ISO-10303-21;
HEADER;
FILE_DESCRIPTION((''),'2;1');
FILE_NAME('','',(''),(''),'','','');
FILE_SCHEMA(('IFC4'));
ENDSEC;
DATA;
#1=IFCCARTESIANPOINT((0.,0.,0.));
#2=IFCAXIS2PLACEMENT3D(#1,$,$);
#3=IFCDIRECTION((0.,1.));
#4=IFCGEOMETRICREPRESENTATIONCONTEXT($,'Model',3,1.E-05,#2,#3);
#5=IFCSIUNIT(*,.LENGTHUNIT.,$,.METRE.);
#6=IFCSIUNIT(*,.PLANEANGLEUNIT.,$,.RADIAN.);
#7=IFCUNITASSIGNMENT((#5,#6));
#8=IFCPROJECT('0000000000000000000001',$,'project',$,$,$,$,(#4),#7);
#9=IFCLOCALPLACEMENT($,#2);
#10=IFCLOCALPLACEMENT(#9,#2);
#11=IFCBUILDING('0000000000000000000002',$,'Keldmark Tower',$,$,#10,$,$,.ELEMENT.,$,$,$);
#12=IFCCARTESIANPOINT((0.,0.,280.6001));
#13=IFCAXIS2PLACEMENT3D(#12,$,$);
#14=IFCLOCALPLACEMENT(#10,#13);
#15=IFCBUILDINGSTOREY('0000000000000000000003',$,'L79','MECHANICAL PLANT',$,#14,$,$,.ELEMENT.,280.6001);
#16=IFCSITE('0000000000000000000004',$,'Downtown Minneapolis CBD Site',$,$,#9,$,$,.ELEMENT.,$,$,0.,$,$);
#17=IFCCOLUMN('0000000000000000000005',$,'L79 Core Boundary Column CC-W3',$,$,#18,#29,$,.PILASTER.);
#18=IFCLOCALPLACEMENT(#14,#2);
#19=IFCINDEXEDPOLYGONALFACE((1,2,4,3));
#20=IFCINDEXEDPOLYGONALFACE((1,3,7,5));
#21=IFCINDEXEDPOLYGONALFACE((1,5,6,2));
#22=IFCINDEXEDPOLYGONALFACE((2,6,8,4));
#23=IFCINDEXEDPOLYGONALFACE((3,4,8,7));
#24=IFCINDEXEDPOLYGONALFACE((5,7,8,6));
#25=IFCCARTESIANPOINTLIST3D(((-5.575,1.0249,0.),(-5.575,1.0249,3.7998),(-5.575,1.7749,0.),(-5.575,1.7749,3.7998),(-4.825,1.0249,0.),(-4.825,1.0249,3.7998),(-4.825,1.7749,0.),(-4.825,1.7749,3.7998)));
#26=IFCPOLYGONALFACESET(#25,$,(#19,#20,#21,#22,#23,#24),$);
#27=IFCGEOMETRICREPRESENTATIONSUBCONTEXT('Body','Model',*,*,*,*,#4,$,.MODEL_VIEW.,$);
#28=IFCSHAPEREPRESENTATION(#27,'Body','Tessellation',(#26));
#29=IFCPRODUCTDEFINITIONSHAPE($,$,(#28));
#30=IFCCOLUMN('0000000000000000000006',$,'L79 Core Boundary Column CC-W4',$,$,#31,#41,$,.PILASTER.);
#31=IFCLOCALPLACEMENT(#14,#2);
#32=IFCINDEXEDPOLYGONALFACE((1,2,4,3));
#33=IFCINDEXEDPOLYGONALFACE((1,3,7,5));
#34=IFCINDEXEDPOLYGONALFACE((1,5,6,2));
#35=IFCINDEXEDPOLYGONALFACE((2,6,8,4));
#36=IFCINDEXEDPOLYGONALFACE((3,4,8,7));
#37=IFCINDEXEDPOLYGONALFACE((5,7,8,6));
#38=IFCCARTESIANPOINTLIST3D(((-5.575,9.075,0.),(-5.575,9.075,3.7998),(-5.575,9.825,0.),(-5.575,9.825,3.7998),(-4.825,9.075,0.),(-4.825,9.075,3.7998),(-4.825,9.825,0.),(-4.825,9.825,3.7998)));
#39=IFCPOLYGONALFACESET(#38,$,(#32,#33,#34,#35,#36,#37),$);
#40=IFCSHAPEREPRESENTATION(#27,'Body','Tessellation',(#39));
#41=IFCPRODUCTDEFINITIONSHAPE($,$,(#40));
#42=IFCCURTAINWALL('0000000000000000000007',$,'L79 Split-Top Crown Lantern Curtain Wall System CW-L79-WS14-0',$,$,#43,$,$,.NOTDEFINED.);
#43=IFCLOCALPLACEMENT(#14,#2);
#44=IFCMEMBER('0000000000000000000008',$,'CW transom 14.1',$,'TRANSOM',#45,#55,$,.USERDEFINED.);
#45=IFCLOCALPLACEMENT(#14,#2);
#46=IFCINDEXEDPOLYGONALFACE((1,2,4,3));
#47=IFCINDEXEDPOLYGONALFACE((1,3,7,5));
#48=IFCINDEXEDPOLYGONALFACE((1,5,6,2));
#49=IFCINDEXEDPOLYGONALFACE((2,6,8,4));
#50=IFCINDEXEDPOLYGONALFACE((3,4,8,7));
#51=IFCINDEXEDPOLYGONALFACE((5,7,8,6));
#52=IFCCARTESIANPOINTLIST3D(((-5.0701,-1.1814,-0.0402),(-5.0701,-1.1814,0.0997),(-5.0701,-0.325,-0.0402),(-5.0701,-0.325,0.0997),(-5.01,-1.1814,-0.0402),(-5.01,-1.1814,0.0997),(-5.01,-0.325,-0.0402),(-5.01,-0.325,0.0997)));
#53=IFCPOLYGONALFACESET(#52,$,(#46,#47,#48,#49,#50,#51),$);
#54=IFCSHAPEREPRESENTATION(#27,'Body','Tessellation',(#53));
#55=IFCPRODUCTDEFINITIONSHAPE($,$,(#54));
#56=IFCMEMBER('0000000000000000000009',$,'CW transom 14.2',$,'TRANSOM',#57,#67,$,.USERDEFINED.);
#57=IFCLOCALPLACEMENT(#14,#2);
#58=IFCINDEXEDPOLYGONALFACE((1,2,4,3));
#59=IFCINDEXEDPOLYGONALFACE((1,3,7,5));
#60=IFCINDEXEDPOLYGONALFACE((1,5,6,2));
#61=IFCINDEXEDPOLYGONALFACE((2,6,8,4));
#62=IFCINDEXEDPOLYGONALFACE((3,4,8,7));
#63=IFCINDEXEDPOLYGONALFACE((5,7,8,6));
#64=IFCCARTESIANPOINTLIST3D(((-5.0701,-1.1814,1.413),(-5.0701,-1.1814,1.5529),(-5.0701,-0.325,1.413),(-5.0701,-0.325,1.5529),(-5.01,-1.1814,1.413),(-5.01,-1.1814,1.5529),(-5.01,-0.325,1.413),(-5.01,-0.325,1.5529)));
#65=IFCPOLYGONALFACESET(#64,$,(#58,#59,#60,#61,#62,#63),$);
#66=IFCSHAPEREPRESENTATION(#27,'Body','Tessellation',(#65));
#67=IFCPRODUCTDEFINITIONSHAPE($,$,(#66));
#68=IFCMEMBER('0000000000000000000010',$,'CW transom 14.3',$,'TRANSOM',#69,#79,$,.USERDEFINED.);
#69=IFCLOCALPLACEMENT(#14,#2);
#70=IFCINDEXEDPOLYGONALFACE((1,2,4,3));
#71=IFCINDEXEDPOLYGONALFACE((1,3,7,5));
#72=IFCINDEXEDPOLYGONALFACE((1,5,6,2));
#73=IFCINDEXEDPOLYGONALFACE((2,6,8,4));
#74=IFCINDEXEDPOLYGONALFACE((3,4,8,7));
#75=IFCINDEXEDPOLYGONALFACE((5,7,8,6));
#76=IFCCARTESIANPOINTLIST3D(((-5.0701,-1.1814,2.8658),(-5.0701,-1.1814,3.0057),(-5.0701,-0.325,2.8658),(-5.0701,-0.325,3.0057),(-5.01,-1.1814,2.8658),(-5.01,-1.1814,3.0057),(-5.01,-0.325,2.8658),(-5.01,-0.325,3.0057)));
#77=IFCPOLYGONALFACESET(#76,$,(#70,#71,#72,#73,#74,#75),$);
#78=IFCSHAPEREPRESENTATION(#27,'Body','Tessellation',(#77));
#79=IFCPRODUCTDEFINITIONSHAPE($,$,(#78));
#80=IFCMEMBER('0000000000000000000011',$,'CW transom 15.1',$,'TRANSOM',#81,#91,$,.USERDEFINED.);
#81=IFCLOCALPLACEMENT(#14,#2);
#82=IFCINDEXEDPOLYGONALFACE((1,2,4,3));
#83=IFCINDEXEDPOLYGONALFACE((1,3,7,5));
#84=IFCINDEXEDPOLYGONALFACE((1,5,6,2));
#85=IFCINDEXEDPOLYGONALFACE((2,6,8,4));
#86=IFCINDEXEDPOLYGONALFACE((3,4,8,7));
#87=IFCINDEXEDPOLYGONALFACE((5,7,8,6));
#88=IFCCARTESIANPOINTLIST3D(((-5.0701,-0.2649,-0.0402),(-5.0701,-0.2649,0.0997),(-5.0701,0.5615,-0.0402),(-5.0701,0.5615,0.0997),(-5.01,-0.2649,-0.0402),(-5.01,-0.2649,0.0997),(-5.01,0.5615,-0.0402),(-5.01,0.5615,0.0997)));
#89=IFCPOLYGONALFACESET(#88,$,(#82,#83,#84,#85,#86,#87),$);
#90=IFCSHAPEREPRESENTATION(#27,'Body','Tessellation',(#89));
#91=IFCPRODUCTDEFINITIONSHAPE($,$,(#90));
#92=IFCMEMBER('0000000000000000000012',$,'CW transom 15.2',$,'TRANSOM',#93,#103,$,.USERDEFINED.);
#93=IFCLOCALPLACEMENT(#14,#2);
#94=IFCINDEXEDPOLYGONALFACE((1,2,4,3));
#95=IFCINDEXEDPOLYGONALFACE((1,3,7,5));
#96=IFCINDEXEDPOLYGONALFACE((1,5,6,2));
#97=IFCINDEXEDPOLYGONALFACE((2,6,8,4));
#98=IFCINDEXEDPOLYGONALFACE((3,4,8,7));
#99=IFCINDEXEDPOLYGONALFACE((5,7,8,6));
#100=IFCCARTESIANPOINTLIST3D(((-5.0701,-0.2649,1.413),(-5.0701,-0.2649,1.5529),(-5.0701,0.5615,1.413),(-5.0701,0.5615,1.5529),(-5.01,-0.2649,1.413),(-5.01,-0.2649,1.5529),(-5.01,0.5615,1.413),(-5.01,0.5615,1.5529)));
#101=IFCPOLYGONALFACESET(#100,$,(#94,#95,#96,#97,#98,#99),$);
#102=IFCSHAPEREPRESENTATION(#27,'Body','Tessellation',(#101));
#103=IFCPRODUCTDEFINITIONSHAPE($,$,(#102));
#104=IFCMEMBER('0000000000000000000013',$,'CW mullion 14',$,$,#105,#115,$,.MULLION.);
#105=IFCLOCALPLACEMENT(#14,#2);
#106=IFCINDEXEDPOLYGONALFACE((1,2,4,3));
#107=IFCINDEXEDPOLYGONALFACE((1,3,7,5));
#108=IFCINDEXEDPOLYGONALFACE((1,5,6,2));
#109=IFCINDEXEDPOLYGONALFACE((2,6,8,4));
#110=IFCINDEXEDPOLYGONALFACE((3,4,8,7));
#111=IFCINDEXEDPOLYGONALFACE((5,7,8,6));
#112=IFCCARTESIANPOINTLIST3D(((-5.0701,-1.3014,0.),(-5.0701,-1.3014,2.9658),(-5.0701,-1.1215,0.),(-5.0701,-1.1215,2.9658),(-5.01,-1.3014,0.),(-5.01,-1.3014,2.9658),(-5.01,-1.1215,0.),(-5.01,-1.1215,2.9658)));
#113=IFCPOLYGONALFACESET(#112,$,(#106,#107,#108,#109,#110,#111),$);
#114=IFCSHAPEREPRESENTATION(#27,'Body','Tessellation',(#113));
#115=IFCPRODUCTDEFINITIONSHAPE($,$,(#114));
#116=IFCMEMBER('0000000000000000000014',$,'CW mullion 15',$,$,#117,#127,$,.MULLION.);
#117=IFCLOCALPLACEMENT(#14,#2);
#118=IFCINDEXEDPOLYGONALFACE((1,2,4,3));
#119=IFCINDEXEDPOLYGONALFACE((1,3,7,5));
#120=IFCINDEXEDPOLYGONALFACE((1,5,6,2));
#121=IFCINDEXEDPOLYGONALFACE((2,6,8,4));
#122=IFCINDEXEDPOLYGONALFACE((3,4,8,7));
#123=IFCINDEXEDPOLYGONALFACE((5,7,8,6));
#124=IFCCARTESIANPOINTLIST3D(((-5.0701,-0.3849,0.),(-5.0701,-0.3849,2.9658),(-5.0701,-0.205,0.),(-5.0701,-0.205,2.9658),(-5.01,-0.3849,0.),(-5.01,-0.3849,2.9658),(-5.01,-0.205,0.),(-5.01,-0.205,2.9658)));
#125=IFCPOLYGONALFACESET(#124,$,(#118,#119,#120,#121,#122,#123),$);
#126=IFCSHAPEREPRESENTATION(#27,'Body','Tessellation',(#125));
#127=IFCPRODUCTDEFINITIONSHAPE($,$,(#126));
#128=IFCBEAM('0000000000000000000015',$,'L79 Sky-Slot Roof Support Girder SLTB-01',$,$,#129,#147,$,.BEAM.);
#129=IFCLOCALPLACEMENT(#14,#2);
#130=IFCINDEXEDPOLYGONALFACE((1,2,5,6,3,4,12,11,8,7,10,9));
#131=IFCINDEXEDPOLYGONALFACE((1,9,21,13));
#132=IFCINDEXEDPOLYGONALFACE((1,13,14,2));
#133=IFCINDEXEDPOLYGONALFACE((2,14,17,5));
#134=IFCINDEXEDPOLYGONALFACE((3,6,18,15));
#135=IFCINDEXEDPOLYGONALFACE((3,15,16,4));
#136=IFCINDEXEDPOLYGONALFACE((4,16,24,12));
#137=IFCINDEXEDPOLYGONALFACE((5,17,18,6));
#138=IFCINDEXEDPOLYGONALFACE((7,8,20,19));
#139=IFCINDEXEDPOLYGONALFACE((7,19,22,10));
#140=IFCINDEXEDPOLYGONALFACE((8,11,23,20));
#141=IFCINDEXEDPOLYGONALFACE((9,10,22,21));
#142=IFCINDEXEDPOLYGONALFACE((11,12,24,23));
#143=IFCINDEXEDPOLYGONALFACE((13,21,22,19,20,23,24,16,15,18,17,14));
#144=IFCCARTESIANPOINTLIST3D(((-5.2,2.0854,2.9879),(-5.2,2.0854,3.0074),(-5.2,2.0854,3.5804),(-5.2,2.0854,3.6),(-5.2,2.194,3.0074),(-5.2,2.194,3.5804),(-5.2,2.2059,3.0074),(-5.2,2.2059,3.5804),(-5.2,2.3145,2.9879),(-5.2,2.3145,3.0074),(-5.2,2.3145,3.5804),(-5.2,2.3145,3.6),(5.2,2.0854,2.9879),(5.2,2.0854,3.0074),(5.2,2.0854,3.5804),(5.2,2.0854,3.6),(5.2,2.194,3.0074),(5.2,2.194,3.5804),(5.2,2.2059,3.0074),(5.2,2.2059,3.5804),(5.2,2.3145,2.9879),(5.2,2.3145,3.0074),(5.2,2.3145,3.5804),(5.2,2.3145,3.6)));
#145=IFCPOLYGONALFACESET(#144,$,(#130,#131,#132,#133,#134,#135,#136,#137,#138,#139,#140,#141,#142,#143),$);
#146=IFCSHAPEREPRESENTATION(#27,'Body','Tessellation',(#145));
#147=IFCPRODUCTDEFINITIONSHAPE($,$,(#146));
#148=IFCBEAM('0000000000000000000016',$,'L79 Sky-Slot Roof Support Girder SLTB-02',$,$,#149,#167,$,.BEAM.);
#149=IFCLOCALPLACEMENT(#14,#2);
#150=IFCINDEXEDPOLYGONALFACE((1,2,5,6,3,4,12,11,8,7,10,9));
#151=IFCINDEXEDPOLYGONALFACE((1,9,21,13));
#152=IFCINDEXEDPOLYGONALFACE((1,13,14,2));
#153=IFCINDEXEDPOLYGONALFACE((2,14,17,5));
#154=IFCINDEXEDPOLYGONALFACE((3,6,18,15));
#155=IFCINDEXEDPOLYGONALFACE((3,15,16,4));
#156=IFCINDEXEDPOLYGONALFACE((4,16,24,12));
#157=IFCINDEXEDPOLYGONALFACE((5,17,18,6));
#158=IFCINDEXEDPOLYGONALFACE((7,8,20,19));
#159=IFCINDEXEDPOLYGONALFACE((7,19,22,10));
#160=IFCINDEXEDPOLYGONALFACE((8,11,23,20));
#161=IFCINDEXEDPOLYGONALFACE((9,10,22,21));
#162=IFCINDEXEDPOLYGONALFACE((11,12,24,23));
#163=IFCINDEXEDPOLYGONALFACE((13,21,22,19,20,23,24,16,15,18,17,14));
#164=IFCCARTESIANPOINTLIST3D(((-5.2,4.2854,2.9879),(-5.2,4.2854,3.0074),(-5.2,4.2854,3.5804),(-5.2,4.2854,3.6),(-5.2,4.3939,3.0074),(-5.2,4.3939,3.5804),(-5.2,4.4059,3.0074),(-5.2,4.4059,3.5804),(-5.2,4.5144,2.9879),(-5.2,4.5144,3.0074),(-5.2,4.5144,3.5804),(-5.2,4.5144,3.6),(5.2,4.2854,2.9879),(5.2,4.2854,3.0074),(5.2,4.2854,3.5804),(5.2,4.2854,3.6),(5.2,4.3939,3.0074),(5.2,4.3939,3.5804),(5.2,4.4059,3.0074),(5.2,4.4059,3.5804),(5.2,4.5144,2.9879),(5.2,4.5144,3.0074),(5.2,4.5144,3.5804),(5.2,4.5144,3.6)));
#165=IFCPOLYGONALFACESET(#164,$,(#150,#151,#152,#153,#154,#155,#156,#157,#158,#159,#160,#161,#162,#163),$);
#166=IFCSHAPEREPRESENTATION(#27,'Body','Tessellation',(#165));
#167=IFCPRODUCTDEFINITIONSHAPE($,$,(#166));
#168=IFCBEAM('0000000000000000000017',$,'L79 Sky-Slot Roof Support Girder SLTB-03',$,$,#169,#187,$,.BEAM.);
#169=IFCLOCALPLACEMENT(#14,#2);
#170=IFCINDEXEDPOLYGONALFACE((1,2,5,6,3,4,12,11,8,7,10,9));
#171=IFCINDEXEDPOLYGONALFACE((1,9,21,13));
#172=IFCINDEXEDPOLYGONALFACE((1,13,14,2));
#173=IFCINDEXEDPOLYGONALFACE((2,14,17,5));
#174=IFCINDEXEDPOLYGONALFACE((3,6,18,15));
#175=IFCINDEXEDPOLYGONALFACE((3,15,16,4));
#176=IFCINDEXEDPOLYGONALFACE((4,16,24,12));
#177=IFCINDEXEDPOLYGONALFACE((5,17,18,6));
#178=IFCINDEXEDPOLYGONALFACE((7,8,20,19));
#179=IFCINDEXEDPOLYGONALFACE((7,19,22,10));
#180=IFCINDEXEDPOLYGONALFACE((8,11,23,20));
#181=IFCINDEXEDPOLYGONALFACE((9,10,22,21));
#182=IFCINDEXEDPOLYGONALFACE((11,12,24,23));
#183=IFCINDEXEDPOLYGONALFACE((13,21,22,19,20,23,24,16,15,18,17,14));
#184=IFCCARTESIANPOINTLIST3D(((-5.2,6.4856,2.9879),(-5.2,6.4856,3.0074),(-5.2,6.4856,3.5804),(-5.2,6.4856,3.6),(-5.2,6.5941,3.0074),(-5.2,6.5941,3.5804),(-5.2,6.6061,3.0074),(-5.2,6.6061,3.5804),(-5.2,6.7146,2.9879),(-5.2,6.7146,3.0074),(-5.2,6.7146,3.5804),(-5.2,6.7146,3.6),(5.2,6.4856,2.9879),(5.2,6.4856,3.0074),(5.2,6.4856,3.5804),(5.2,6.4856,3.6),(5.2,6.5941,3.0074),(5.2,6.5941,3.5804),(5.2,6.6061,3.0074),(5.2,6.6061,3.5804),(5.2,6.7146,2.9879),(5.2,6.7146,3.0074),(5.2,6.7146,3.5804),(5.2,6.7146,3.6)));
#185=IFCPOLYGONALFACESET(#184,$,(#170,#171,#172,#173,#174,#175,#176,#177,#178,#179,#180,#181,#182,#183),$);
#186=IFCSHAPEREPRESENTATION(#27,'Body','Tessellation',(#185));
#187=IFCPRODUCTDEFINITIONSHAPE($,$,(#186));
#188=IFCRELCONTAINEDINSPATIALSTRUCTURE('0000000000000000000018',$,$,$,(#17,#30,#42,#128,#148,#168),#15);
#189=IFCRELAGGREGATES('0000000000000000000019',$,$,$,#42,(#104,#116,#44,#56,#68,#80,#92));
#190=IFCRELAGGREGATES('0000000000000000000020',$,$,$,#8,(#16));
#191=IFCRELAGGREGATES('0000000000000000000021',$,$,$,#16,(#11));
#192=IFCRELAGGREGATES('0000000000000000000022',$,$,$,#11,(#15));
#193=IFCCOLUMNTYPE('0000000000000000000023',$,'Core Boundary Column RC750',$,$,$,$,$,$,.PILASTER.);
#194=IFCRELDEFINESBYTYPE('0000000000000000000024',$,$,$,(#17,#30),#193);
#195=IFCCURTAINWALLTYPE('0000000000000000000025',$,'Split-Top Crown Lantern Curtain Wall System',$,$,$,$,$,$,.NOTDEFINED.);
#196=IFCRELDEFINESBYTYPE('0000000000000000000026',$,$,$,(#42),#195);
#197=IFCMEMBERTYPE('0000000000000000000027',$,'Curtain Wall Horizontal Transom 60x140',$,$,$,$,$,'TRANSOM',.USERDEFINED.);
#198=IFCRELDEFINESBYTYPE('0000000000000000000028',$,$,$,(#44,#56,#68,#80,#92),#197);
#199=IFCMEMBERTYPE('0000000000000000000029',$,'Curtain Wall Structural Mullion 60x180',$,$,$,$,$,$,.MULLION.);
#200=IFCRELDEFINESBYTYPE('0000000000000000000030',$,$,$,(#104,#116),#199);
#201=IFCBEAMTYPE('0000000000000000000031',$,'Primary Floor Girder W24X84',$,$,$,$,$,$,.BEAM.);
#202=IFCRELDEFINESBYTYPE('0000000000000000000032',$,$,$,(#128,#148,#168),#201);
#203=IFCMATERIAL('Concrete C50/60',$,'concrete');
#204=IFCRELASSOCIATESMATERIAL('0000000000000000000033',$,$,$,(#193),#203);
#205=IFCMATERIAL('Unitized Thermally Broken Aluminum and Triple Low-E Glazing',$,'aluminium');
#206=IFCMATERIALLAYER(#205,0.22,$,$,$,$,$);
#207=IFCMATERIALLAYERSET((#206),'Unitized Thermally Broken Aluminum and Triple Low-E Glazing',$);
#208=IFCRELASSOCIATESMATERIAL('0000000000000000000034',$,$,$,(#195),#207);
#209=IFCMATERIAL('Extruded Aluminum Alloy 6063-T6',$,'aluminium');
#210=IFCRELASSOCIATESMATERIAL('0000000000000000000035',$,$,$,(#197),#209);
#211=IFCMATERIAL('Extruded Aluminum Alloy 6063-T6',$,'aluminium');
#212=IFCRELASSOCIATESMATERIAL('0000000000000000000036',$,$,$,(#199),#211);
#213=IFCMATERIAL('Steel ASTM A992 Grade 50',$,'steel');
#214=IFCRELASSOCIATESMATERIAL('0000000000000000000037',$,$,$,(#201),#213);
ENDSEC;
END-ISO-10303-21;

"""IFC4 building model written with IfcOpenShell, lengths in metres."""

from ifc_helpers import new_model, si_unit, direction, frame, origin, origin_2d, place, context, subcontext, project, spatial, rectangle, i_section, extrude, material, layer, layer_set, material_profile, profile_set, type_object, element, aggregate, save


model = new_model("IFC4")

# Units and contexts
model_context = context("Model", 3, precision=1e-05, world=origin(), true_north=direction((0.0, 1.0)))
body_context = subcontext(model_context, "Body", "Model", "MODEL_VIEW")
ifc_project = project(units=[si_unit("LENGTHUNIT", "METRE"), si_unit("PLANEANGLEUNIT", "RADIAN")], contexts=[model_context])

# Site, building, storey
site_placement = place(None, origin())
site = spatial("IfcSite", under=ifc_project, at=site_placement, Name="Downtown Minneapolis CBD Site", CompositionType="ELEMENT", RefElevation=0.0)
building_placement = place(site_placement, origin())
building = spatial("IfcBuilding", under=site, at=building_placement, Name="Keldmark Tower", CompositionType="ELEMENT")
storey_placement = place(building_placement, frame((0.0, 0.0, 280.6001)))
storey = spatial("IfcBuildingStorey", under=building, at=storey_placement, Name="L79", Description="MECHANICAL PLANT", CompositionType="ELEMENT", Elevation=280.6001)

# Columns
ifc_material_1 = material(Name="Concrete C50/60", Category="concrete")
ifc_material_profile_1 = material_profile(ifc_material_1, rectangle(XDim=0.75, YDim=0.75, at=origin_2d()), Name="RC750X750")
ifc_profile_set_1 = profile_set([ifc_material_profile_1], Name="Concrete C50/60")
column_type = type_object("IfcColumnType", Name="Core Boundary Column RC750", PredefinedType="PILASTER", material=ifc_profile_set_1)
for number, where, z_axis, x_axis, name in (
    (1, (-5.2, 1.3999, 0.0), (0.0, 0.0, 1.0), (1.0, 0.0, 0.0), "L79 Core Boundary Column CC-W3"),
    (2, (-5.2, 9.45, 0.0), (0.0, 0.0, 1.0), (1.0, 0.0, 0.0), "L79 Core Boundary Column CC-W4"),
):
    element("IfcColumn", number, at=place(storey_placement, frame(where, z_axis=z_axis, x_axis=x_axis)), inside=storey, type_object=column_type, Name=name, PredefinedType="PILASTER", context=body_context, shape_type="SweptSolid", body=[
        extrude(rectangle(XDim=0.75, YDim=0.75, at=origin_2d()), origin(), (0.0, 0.0, 1.0), 3.7998),
    ])

# Curtain wall, members
ifc_material_2 = material(Name="Unitized Thermally Broken Aluminum and Triple Low-E Glazing", Category="aluminium")
ifc_layer_1 = layer(ifc_material_2, 0.22)
ifc_layer_set_1 = layer_set([ifc_layer_1], Name="Unitized Thermally Broken Aluminum and Triple Low-E Glazing")
curtain_wall_type = type_object("IfcCurtainWallType", Name="Split-Top Crown Lantern Curtain Wall System", PredefinedType="NOTDEFINED", material=ifc_layer_set_1)
curtain_wall_placement = place(storey_placement, origin())
curtain_wall = element("IfcCurtainWall", 3, at=curtain_wall_placement, inside=storey, type_object=curtain_wall_type, Name="L79 Split-Top Crown Lantern Curtain Wall System CW-L79-WS14-0", PredefinedType="NOTDEFINED")
ifc_material_3 = material(Name="Extruded Aluminum Alloy 6063-T6", Category="aluminium")
ifc_material_profile_2 = material_profile(ifc_material_3, rectangle(XDim=0.0601, YDim=0.1399, at=origin_2d()), Name="CWT60X140")
ifc_profile_set_2 = profile_set([ifc_material_profile_2], Name="Extruded Aluminum Alloy 6063-T6")
member_type_1 = type_object("IfcMemberType", Name="Curtain Wall Horizontal Transom 60x140", ElementType="TRANSOM", PredefinedType="USERDEFINED", material=ifc_profile_set_2)
member_1_placement = place(storey_placement, frame((-5.04, -1.1814, 0.0298), z_axis=(0.0, 1.0, 0.0), x_axis=(-1.0, 0.0, 0.0)))
member_1 = element("IfcMember", 4, at=member_1_placement, type_object=member_type_1, Name="CW transom 14.1", ObjectType="TRANSOM", PredefinedType="USERDEFINED", context=body_context, shape_type="SweptSolid", body=[
    extrude(rectangle(XDim=0.0601, YDim=0.1399, at=origin_2d()), origin(), (0.0, 0.0, 1.0), 0.8564),
])
member_2_placement = place(storey_placement, frame((-5.04, -1.1814, 1.4829), z_axis=(0.0, 1.0, 0.0), x_axis=(-1.0, 0.0, 0.0)))
member_2 = element("IfcMember", 5, at=member_2_placement, type_object=member_type_1, Name="CW transom 14.2", ObjectType="TRANSOM", PredefinedType="USERDEFINED", context=body_context, shape_type="SweptSolid", body=[
    extrude(rectangle(XDim=0.0601, YDim=0.1399, at=origin_2d()), origin(), (0.0, 0.0, 1.0), 0.8564),
])
member_3_placement = place(storey_placement, frame((-5.04, -1.1814, 2.9358), z_axis=(0.0, 1.0, 0.0), x_axis=(-1.0, 0.0, 0.0)))
member_3 = element("IfcMember", 6, at=member_3_placement, type_object=member_type_1, Name="CW transom 14.3", ObjectType="TRANSOM", PredefinedType="USERDEFINED", context=body_context, shape_type="SweptSolid", body=[
    extrude(rectangle(XDim=0.0601, YDim=0.1399, at=origin_2d()), origin(), (0.0, 0.0, 1.0), 0.8564),
])
member_4_placement = place(storey_placement, frame((-5.04, -0.2649, 0.0298), z_axis=(0.0, 1.0, 0.0), x_axis=(-1.0, 0.0, 0.0)))
member_4 = element("IfcMember", 7, at=member_4_placement, type_object=member_type_1, Name="CW transom 15.1", ObjectType="TRANSOM", PredefinedType="USERDEFINED", context=body_context, shape_type="SweptSolid", body=[
    extrude(rectangle(XDim=0.0601, YDim=0.1399, at=origin_2d()), origin(), (0.0, 0.0, 1.0), 0.8264),
])
member_5_placement = place(storey_placement, frame((-5.04, -0.2649, 1.4829), z_axis=(0.0, 1.0, 0.0), x_axis=(-1.0, 0.0, 0.0)))
member_5 = element("IfcMember", 8, at=member_5_placement, type_object=member_type_1, Name="CW transom 15.2", ObjectType="TRANSOM", PredefinedType="USERDEFINED", context=body_context, shape_type="SweptSolid", body=[
    extrude(rectangle(XDim=0.0601, YDim=0.1399, at=origin_2d()), origin(), (0.0, 0.0, 1.0), 0.8264),
])
ifc_material_4 = material(Name="Extruded Aluminum Alloy 6063-T6", Category="aluminium")
ifc_material_profile_3 = material_profile(ifc_material_4, rectangle(XDim=0.0601, YDim=0.1799, at=origin_2d()), Name="CWM60X180")
ifc_profile_set_3 = profile_set([ifc_material_profile_3], Name="Extruded Aluminum Alloy 6063-T6")
member_type_2 = type_object("IfcMemberType", Name="Curtain Wall Structural Mullion 60x180", PredefinedType="MULLION", material=ifc_profile_set_3)
member_6_placement = place(storey_placement, frame((-5.04, -1.2114, 0.0), z_axis=(0.0, 0.0, 1.0), x_axis=(-1.0, 0.0, 0.0)))
member_6 = element("IfcMember", 9, at=member_6_placement, type_object=member_type_2, Name="CW mullion 14", PredefinedType="MULLION", context=body_context, shape_type="SweptSolid", body=[
    extrude(rectangle(XDim=0.0601, YDim=0.1799, at=origin_2d()), origin(), (0.0, 0.0, 1.0), 2.9658),
])
member_7_placement = place(storey_placement, frame((-5.04, -0.2949, 0.0), z_axis=(0.0, 0.0, 1.0), x_axis=(-1.0, 0.0, 0.0)))
member_7 = element("IfcMember", 10, at=member_7_placement, type_object=member_type_2, Name="CW mullion 15", PredefinedType="MULLION", context=body_context, shape_type="SweptSolid", body=[
    extrude(rectangle(XDim=0.0601, YDim=0.1799, at=origin_2d()), origin(), (0.0, 0.0, 1.0), 2.9658),
])

# Beams
ifc_material_5 = material(Name="Steel ASTM A992 Grade 50", Category="steel")
ifc_material_profile_4 = material_profile(ifc_material_5, i_section(OverallWidth=0.229, OverallDepth=0.6121, WebThickness=0.012, FlangeThickness=0.0195, at=origin_2d()), Name="W24X84")
ifc_profile_set_4 = profile_set([ifc_material_profile_4], Name="Steel ASTM A992 Grade 50")
beam_type = type_object("IfcBeamType", Name="Primary Floor Girder W24X84", PredefinedType="BEAM", material=ifc_profile_set_4)
for number, where, z_axis, x_axis, name in (
    (11, (-5.2, 2.2, 3.2939), (1.0, 0.0, 0.0), (0.0, 1.0, 0.0), "L79 Sky-Slot Roof Support Girder SLTB-01"),
    (12, (-5.2, 4.3999, 3.2939), (1.0, 0.0, 0.0), (0.0, 1.0, 0.0), "L79 Sky-Slot Roof Support Girder SLTB-02"),
    (13, (-5.2, 6.6001, 3.2939), (1.0, 0.0, 0.0), (0.0, 1.0, 0.0), "L79 Sky-Slot Roof Support Girder SLTB-03"),
):
    element("IfcBeam", number, at=place(storey_placement, frame(where, z_axis=z_axis, x_axis=x_axis)), inside=storey, type_object=beam_type, Name=name, PredefinedType="BEAM", context=body_context, shape_type="SweptSolid", body=[
        extrude(i_section(OverallWidth=0.229, OverallDepth=0.6121, WebThickness=0.012, FlangeThickness=0.0195, at=origin_2d()), origin(), (0.0, 0.0, 1.0), 10.3999),
    ])

aggregate(curtain_wall, [member_6, member_7, member_1, member_2, member_3, member_4, member_5])

save(model, "model.ifc")
